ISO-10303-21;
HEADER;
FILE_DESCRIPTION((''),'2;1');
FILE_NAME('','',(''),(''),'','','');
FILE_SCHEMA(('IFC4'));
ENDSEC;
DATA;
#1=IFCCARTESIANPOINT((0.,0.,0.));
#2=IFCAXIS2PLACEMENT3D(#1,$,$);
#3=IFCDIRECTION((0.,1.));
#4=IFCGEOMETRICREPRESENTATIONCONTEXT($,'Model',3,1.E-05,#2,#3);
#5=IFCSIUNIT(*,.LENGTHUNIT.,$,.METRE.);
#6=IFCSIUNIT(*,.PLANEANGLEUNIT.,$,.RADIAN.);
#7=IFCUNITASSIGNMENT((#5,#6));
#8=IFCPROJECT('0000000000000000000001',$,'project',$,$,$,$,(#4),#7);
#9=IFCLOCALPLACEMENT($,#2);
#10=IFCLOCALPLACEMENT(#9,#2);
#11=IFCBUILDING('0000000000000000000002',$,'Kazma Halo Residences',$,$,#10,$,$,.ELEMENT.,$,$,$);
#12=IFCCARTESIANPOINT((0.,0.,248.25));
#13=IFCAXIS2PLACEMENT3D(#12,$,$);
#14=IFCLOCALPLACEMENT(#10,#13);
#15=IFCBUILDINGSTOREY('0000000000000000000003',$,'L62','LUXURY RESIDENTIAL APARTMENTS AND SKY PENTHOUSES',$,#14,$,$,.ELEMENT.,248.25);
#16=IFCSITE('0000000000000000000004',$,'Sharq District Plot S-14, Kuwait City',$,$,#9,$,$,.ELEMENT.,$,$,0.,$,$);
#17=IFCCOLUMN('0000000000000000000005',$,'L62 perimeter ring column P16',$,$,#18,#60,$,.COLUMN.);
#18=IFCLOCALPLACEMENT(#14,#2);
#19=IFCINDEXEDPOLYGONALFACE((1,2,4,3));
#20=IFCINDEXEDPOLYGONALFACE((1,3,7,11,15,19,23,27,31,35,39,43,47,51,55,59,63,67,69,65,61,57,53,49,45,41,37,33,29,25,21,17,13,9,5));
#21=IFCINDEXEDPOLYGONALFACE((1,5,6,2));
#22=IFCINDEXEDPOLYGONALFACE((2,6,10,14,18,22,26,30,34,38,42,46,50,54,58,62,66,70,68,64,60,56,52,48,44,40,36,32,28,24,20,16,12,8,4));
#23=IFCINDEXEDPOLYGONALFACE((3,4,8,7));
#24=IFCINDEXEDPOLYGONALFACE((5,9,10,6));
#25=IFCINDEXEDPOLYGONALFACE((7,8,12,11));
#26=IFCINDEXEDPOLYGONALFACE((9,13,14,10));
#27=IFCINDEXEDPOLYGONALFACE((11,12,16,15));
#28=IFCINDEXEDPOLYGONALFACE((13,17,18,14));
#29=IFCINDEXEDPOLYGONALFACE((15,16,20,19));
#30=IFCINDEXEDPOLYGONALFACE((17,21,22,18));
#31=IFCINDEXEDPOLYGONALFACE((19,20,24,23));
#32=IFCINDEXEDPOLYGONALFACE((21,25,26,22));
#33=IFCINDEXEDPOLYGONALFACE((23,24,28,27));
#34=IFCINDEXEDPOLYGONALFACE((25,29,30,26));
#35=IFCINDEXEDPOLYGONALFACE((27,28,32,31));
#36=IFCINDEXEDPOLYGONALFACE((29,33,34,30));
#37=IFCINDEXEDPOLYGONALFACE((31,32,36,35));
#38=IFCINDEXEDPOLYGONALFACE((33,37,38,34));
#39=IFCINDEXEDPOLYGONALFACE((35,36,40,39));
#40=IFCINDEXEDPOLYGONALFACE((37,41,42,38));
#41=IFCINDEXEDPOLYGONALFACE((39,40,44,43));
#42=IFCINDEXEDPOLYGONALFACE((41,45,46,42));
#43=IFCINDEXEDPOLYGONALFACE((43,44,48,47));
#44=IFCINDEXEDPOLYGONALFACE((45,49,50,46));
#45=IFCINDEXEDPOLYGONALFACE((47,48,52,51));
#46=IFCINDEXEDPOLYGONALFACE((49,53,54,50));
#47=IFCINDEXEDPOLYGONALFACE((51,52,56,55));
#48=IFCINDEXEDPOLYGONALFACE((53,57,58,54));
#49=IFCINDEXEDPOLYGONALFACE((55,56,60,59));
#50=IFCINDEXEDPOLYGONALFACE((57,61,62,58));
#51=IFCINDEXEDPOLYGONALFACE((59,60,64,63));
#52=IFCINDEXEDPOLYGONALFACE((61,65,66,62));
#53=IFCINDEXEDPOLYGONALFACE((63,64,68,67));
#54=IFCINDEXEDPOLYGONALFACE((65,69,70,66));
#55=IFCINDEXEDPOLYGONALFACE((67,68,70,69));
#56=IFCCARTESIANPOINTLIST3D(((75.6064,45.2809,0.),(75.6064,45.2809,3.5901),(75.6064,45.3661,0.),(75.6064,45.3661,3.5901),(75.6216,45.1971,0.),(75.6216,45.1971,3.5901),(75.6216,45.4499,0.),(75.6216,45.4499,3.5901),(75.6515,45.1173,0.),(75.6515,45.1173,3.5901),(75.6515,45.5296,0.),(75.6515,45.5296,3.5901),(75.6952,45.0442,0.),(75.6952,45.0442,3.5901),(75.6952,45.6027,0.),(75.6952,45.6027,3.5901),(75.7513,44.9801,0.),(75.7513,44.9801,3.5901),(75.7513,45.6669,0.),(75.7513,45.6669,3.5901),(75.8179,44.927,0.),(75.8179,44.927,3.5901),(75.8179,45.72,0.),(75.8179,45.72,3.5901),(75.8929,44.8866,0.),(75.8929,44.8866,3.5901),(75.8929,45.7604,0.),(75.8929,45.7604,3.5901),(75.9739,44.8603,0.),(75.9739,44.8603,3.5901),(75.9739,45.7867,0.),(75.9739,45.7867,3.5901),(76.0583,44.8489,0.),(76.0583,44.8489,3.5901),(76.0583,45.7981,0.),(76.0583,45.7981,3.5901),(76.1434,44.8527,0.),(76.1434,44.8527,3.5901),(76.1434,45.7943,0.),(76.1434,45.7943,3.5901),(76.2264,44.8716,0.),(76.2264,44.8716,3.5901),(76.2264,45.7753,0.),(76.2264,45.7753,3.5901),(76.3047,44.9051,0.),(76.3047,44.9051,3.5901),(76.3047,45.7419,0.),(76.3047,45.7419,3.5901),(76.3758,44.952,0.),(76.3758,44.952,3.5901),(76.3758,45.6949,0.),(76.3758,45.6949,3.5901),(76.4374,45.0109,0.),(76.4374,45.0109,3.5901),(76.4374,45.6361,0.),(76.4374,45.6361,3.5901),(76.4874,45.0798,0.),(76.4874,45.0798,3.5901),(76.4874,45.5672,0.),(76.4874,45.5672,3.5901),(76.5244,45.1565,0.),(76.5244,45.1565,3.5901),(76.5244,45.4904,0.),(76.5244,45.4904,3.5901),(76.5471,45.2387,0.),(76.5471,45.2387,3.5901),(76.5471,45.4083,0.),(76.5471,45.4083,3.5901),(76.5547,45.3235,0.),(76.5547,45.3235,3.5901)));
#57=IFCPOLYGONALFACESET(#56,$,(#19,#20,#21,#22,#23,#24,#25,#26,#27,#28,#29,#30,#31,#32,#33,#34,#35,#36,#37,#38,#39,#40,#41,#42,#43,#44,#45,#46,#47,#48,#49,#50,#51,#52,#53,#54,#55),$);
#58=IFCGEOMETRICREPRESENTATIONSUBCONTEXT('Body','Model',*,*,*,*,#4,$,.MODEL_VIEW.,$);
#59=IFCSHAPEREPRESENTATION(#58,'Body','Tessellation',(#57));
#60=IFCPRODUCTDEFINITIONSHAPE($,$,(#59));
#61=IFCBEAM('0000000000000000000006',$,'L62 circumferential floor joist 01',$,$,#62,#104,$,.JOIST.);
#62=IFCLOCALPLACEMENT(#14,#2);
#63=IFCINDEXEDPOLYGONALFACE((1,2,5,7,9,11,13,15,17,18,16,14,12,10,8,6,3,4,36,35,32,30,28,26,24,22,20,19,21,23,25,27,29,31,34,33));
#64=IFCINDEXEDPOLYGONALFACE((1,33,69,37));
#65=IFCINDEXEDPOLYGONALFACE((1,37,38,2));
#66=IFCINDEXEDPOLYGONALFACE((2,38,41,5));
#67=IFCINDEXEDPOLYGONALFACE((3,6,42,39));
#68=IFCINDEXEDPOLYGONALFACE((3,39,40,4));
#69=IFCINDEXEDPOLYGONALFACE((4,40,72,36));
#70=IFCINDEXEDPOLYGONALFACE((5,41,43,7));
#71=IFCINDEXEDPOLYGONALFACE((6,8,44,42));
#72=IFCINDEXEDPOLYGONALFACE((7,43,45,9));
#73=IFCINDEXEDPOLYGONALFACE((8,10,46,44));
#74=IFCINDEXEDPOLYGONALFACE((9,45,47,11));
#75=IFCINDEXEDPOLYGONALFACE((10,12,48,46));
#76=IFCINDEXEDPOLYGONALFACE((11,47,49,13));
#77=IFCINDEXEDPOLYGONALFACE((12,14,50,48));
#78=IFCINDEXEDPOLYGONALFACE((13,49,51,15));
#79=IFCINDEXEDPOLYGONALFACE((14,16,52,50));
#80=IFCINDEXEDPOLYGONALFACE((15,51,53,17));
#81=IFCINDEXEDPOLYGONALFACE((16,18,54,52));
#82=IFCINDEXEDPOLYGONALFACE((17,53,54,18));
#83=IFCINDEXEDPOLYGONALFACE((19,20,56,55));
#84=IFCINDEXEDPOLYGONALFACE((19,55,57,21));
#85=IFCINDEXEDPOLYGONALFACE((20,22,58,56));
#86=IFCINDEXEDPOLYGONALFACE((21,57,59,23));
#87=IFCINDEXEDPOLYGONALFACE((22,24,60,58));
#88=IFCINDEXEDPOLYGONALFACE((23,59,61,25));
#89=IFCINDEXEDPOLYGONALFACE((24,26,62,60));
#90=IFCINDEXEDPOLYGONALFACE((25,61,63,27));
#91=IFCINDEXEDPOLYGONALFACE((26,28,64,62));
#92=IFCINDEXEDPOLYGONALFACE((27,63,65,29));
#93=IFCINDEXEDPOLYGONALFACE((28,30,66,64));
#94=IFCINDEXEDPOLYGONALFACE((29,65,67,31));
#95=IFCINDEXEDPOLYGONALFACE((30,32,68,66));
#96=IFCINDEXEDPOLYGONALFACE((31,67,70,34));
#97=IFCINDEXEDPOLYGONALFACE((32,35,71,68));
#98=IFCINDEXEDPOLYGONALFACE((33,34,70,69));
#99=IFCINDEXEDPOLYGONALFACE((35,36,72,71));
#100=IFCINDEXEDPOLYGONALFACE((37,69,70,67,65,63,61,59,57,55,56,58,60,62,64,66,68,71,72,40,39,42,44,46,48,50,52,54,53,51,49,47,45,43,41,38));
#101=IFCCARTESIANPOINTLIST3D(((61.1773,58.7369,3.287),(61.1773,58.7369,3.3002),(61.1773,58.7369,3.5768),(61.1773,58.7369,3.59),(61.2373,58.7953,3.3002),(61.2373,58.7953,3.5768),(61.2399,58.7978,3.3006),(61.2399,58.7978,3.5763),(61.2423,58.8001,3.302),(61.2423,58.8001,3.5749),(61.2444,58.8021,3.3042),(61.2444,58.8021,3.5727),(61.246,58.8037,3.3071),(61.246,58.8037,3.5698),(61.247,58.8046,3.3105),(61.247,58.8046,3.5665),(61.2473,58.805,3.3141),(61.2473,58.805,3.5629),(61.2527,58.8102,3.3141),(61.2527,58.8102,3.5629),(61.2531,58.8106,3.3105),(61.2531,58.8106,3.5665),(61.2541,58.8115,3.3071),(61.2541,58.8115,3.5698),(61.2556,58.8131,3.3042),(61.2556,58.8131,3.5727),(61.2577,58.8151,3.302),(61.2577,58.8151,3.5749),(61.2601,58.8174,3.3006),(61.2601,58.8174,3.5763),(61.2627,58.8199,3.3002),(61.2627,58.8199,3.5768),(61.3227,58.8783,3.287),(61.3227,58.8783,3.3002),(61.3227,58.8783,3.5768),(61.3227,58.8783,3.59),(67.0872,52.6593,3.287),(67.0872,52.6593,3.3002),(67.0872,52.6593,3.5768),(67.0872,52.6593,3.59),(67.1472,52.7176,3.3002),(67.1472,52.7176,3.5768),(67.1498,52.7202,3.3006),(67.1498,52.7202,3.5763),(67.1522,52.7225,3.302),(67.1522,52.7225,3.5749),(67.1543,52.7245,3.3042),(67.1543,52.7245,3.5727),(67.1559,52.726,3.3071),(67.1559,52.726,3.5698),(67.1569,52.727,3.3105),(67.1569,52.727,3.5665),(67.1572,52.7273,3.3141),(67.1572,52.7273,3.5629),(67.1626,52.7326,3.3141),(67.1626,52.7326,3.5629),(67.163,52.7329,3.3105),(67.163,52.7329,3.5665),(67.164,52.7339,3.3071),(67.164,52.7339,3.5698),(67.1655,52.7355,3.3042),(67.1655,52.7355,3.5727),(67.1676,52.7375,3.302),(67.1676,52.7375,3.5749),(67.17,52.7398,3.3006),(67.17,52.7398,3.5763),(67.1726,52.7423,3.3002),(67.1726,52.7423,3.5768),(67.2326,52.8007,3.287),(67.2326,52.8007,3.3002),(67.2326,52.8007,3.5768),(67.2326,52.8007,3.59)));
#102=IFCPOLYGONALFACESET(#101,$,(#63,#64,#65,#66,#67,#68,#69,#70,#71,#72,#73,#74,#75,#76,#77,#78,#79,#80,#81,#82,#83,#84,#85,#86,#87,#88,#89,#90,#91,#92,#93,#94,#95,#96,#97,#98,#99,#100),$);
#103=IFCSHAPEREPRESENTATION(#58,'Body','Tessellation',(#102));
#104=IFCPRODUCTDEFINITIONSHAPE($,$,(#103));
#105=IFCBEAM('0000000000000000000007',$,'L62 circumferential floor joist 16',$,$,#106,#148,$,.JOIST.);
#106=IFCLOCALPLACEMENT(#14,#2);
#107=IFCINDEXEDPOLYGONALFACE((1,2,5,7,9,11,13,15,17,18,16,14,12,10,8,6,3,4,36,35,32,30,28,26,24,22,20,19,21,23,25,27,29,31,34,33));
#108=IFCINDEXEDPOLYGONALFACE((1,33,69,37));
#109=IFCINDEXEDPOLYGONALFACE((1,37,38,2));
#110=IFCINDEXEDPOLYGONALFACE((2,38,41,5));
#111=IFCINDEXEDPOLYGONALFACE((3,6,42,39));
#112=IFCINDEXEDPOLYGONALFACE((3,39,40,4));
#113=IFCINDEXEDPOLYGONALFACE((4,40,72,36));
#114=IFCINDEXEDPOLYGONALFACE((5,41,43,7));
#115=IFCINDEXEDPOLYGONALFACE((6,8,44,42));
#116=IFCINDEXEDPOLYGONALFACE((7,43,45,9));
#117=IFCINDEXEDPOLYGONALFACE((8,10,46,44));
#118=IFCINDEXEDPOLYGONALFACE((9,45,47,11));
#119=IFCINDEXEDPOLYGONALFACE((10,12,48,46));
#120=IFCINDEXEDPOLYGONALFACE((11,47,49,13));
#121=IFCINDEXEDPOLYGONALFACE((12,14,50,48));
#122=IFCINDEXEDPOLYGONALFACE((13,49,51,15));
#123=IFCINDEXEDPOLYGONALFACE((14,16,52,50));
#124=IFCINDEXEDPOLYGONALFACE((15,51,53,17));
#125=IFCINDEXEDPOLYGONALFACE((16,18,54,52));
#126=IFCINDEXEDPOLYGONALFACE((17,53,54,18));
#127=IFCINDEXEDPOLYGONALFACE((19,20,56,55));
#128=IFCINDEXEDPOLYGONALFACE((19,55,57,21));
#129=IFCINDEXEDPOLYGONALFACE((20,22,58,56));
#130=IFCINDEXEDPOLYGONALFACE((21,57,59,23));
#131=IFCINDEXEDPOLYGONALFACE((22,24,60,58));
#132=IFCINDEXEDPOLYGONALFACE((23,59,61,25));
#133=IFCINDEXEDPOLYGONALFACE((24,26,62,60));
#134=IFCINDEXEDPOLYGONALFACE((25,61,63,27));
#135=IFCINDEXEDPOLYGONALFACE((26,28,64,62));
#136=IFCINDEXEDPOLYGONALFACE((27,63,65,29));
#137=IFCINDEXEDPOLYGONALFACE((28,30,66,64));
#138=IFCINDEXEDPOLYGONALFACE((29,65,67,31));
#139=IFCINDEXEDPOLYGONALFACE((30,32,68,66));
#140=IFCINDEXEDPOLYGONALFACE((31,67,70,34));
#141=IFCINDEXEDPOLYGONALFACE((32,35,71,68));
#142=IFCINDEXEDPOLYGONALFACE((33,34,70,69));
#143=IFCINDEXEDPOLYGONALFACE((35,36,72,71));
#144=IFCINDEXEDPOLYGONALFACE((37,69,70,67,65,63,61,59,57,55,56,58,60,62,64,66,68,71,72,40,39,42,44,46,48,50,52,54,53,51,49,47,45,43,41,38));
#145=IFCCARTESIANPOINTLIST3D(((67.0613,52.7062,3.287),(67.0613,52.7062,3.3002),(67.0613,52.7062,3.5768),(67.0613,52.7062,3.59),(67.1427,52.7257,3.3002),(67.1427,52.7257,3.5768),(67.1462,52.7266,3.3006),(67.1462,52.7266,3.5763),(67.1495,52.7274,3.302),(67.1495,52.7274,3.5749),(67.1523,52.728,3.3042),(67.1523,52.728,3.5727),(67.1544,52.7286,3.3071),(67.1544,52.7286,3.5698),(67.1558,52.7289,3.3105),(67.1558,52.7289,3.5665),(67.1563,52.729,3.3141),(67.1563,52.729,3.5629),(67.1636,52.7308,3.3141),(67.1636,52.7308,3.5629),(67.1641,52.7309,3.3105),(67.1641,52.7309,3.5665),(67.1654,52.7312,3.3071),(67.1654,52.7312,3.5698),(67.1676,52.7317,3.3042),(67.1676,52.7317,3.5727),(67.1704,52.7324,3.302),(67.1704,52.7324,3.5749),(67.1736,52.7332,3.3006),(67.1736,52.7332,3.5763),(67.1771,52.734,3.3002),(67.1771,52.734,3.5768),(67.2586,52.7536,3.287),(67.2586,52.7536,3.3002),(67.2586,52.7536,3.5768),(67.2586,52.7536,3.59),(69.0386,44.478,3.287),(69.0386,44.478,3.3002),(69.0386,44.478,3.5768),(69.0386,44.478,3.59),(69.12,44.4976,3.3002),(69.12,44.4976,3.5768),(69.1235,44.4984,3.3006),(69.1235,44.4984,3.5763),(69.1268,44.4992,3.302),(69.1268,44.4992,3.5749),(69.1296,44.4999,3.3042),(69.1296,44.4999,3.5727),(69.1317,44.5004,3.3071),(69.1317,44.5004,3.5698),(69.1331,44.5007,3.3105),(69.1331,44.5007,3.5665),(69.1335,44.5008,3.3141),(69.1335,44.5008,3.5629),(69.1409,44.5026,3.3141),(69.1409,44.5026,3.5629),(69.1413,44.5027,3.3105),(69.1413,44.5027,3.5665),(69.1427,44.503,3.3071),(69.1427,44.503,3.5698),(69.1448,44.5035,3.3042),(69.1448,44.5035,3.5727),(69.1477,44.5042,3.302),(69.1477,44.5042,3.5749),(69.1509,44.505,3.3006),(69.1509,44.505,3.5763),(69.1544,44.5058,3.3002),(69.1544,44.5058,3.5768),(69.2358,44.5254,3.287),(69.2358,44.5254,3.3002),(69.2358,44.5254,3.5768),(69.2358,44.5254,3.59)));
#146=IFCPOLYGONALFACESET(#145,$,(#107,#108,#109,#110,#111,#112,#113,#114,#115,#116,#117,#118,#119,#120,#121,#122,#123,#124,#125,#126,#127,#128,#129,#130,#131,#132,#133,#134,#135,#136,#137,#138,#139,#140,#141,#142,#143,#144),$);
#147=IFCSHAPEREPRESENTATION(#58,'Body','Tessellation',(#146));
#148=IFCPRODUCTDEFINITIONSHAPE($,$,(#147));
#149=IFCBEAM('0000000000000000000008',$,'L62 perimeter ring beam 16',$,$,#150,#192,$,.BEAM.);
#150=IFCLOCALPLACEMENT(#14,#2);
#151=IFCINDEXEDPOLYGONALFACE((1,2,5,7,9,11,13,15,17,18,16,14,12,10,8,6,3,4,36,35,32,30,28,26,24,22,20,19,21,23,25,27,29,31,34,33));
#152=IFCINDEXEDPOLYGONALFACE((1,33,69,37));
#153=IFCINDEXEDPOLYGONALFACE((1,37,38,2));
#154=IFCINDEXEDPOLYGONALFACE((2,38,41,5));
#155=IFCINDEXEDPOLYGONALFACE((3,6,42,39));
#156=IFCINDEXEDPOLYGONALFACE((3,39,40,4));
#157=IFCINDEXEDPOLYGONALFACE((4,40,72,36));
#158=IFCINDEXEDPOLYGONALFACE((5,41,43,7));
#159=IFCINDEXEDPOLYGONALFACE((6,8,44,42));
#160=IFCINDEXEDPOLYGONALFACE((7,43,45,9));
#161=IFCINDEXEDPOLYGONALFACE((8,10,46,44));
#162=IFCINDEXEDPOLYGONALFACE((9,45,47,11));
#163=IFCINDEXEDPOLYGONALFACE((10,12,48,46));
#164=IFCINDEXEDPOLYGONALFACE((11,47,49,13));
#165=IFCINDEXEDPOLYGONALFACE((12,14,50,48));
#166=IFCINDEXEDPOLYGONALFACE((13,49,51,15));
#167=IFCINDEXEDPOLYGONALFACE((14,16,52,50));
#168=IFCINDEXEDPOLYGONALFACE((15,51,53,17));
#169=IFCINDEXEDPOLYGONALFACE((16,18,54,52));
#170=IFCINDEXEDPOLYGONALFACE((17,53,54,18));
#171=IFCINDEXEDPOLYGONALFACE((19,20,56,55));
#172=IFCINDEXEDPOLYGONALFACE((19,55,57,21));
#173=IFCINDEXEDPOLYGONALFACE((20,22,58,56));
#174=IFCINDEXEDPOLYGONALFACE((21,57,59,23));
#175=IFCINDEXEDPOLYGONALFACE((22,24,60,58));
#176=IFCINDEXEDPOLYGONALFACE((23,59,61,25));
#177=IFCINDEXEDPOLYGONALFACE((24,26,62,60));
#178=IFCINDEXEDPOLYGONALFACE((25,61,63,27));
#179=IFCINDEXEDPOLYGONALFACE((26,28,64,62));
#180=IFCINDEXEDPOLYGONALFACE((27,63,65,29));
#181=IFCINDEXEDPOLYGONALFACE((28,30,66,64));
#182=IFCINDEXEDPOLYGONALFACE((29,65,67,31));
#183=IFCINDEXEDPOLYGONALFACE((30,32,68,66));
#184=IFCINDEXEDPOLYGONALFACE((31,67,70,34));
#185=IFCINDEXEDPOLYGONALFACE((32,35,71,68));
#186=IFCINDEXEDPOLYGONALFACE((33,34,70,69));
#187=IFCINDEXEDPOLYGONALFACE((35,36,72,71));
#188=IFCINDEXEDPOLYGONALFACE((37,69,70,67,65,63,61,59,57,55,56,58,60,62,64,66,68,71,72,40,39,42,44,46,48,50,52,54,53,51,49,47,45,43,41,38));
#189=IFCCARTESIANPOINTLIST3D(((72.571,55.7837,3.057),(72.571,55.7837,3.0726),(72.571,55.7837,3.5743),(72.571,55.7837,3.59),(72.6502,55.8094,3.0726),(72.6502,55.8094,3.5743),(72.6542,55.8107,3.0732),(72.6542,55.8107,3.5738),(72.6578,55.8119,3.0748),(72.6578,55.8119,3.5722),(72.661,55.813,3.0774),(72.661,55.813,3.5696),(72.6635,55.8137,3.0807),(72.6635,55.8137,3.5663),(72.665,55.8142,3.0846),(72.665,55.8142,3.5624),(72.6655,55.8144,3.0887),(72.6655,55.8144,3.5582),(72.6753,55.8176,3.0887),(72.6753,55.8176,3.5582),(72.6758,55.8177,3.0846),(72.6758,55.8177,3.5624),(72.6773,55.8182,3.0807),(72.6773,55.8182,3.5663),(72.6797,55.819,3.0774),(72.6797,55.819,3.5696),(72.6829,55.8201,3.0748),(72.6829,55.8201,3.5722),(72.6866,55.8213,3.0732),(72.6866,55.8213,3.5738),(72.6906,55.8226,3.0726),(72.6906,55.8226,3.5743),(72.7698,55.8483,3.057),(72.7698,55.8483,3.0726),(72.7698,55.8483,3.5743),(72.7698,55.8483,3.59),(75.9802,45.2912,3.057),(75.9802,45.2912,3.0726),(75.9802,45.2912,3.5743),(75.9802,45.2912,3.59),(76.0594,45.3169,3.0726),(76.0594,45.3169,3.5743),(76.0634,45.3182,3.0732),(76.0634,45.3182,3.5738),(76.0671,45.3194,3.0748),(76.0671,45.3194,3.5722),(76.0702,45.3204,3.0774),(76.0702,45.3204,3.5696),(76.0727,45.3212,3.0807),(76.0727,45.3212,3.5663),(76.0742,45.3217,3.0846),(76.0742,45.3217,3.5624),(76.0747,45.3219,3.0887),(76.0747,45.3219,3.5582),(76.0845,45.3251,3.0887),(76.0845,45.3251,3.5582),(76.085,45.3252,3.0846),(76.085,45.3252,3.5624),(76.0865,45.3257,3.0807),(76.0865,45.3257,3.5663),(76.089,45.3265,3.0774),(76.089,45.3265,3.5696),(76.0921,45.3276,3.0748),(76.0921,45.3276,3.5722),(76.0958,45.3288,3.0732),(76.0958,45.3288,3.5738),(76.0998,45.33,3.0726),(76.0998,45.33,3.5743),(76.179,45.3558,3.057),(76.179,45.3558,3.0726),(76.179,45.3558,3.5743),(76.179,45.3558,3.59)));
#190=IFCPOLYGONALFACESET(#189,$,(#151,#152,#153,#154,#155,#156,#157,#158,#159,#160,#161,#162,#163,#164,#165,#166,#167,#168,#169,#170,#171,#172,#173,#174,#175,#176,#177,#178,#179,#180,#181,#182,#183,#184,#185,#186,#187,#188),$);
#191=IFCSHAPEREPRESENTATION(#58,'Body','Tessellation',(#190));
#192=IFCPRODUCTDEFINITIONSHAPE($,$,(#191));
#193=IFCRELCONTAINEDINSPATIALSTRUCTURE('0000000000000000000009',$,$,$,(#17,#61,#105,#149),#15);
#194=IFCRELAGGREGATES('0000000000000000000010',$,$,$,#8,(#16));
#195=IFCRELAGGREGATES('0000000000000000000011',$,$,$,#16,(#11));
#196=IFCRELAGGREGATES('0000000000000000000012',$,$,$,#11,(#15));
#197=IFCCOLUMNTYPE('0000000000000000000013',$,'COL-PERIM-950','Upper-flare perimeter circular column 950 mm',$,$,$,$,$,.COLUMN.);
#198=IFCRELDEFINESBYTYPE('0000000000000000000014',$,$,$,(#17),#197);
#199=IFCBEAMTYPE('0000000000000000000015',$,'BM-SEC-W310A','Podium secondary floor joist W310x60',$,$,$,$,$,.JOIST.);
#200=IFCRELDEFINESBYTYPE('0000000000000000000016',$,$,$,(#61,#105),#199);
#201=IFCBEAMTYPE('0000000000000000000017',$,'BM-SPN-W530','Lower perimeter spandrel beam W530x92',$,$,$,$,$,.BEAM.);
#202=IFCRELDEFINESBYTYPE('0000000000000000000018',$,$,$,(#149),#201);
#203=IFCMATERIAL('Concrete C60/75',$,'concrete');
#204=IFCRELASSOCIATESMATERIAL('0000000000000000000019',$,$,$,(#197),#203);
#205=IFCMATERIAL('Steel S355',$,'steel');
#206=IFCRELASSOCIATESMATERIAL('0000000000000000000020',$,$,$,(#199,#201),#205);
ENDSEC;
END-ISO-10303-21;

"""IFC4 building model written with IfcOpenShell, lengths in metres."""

from ifc_helpers import new_model, si_unit, direction, frame, origin, origin_2d, place, context, subcontext, project, spatial, circle, i_section, extrude, material, material_profile, profile_set, type_object, element, save


model = new_model("IFC4")

# Units and contexts
model_context = context("Model", 3, precision=1e-05, world=origin(), true_north=direction((0.0, 1.0)))
body_context = subcontext(model_context, "Body", "Model", "MODEL_VIEW")
ifc_project = project(units=[si_unit("LENGTHUNIT", "METRE"), si_unit("PLANEANGLEUNIT", "RADIAN")], contexts=[model_context])

# Site, building, storey
site_placement = place(None, origin())
site = spatial("IfcSite", under=ifc_project, at=site_placement, Name="Sharq District Plot S-14, Kuwait City", CompositionType="ELEMENT", RefElevation=0.0)
building_placement = place(site_placement, origin())
building = spatial("IfcBuilding", under=site, at=building_placement, Name="Kazma Halo Residences", CompositionType="ELEMENT")
storey_placement = place(building_placement, frame((0.0, 0.0, 248.25)))
storey = spatial("IfcBuildingStorey", under=building, at=storey_placement, Name="L62", Description="LUXURY RESIDENTIAL APARTMENTS AND SKY PENTHOUSES", CompositionType="ELEMENT", Elevation=248.25)

# Column
ifc_material_1 = material(Name="Concrete C60/75", Category="concrete")
ifc_material_profile_1 = material_profile(ifc_material_1, circle(Radius=0.4751, at=origin_2d()), Name="CIRC950")
ifc_profile_set_1 = profile_set([ifc_material_profile_1], Name="Concrete C60/75")
column_type = type_object("IfcColumnType", Name="COL-PERIM-950", Description="Upper-flare perimeter circular column 950 mm", PredefinedType="COLUMN", material=ifc_profile_set_1)
column_placement = place(storey_placement, frame((76.0796, 45.3235, 0.0), z_axis=(0.0, 0.0, 1.0), x_axis=(1.0, 0.0, 0.0)))
element("IfcColumn", 1, at=column_placement, inside=storey, type_object=column_type, Name="L62 perimeter ring column P16", PredefinedType="COLUMN", context=body_context, shape_type="SweptSolid", body=[
    extrude(circle(Radius=0.4751, at=origin_2d()), origin(), (0.0, 0.0, 1.0), 3.5901),
])

# Beams
ifc_material_2 = material(Name="Steel S355", Category="steel")
ifc_material_profile_2 = material_profile(ifc_material_2, i_section(OverallWidth=0.2029, OverallDepth=0.303, WebThickness=0.0076, FlangeThickness=0.0132, FilletRadius=0.0139, at=origin_2d()), Name="W310x60")
ifc_profile_set_2 = profile_set([ifc_material_profile_2], Name="Steel S355")
beam_type_1 = type_object("IfcBeamType", Name="BM-SEC-W310A", Description="Podium secondary floor joist W310x60", PredefinedType="JOIST", material=ifc_profile_set_2)
beam_1_placement = place(storey_placement, frame((67.1599, 52.73, 3.4385), z_axis=(-0.697145, 0.71693, 0.0), x_axis=(-0.71693, -0.697145, 0.0)))
element("IfcBeam", 2, at=beam_1_placement, inside=storey, type_object=beam_type_1, Name="L62 circumferential floor joist 01", PredefinedType="JOIST", context=body_context, shape_type="SweptSolid", body=[
    extrude(i_section(OverallWidth=0.2029, OverallDepth=0.303, WebThickness=0.0076, FlangeThickness=0.0132, FilletRadius=0.0139, at=origin_2d()), origin(), (0.0, 0.0, 1.0), 8.4773),
])
beam_2_placement = place(storey_placement, frame((69.1372, 44.5017, 3.4385), z_axis=(-0.233653, 0.97232, 0.0), x_axis=(-0.97232, -0.233653, 0.0)))
element("IfcBeam", 3, at=beam_2_placement, inside=storey, type_object=beam_type_1, Name="L62 circumferential floor joist 16", PredefinedType="JOIST", context=body_context, shape_type="SweptSolid", body=[
    extrude(i_section(OverallWidth=0.2029, OverallDepth=0.303, WebThickness=0.0076, FlangeThickness=0.0132, FilletRadius=0.0139, at=origin_2d()), origin(), (0.0, 0.0, 1.0), 8.4624),
])
ifc_material_profile_3 = material_profile(ifc_material_2, i_section(OverallWidth=0.209, OverallDepth=0.533, WebThickness=0.0103, FlangeThickness=0.0156, FilletRadius=0.0161, at=origin_2d()), Name="W530x92")
ifc_profile_set_3 = profile_set([ifc_material_profile_3], Name="Steel S355")
beam_type_2 = type_object("IfcBeamType", Name="BM-SPN-W530", Description="Lower perimeter spandrel beam W530x92", PredefinedType="BEAM", material=ifc_profile_set_3)
beam_3_placement = place(storey_placement, frame((76.0796, 45.3235, 3.3235), z_axis=(-0.309016, 0.951057, 0.0), x_axis=(-0.951057, -0.309016, 0.0)))
element("IfcBeam", 4, at=beam_3_placement, inside=storey, type_object=beam_type_2, Name="L62 perimeter ring beam 16", PredefinedType="BEAM", context=body_context, shape_type="SweptSolid", body=[
    extrude(i_section(OverallWidth=0.209, OverallDepth=0.533, WebThickness=0.0103, FlangeThickness=0.0156, FilletRadius=0.0161, at=origin_2d()), origin(), (0.0, 0.0, 1.0), 11.0325),
])

save(model, "model.ifc")
